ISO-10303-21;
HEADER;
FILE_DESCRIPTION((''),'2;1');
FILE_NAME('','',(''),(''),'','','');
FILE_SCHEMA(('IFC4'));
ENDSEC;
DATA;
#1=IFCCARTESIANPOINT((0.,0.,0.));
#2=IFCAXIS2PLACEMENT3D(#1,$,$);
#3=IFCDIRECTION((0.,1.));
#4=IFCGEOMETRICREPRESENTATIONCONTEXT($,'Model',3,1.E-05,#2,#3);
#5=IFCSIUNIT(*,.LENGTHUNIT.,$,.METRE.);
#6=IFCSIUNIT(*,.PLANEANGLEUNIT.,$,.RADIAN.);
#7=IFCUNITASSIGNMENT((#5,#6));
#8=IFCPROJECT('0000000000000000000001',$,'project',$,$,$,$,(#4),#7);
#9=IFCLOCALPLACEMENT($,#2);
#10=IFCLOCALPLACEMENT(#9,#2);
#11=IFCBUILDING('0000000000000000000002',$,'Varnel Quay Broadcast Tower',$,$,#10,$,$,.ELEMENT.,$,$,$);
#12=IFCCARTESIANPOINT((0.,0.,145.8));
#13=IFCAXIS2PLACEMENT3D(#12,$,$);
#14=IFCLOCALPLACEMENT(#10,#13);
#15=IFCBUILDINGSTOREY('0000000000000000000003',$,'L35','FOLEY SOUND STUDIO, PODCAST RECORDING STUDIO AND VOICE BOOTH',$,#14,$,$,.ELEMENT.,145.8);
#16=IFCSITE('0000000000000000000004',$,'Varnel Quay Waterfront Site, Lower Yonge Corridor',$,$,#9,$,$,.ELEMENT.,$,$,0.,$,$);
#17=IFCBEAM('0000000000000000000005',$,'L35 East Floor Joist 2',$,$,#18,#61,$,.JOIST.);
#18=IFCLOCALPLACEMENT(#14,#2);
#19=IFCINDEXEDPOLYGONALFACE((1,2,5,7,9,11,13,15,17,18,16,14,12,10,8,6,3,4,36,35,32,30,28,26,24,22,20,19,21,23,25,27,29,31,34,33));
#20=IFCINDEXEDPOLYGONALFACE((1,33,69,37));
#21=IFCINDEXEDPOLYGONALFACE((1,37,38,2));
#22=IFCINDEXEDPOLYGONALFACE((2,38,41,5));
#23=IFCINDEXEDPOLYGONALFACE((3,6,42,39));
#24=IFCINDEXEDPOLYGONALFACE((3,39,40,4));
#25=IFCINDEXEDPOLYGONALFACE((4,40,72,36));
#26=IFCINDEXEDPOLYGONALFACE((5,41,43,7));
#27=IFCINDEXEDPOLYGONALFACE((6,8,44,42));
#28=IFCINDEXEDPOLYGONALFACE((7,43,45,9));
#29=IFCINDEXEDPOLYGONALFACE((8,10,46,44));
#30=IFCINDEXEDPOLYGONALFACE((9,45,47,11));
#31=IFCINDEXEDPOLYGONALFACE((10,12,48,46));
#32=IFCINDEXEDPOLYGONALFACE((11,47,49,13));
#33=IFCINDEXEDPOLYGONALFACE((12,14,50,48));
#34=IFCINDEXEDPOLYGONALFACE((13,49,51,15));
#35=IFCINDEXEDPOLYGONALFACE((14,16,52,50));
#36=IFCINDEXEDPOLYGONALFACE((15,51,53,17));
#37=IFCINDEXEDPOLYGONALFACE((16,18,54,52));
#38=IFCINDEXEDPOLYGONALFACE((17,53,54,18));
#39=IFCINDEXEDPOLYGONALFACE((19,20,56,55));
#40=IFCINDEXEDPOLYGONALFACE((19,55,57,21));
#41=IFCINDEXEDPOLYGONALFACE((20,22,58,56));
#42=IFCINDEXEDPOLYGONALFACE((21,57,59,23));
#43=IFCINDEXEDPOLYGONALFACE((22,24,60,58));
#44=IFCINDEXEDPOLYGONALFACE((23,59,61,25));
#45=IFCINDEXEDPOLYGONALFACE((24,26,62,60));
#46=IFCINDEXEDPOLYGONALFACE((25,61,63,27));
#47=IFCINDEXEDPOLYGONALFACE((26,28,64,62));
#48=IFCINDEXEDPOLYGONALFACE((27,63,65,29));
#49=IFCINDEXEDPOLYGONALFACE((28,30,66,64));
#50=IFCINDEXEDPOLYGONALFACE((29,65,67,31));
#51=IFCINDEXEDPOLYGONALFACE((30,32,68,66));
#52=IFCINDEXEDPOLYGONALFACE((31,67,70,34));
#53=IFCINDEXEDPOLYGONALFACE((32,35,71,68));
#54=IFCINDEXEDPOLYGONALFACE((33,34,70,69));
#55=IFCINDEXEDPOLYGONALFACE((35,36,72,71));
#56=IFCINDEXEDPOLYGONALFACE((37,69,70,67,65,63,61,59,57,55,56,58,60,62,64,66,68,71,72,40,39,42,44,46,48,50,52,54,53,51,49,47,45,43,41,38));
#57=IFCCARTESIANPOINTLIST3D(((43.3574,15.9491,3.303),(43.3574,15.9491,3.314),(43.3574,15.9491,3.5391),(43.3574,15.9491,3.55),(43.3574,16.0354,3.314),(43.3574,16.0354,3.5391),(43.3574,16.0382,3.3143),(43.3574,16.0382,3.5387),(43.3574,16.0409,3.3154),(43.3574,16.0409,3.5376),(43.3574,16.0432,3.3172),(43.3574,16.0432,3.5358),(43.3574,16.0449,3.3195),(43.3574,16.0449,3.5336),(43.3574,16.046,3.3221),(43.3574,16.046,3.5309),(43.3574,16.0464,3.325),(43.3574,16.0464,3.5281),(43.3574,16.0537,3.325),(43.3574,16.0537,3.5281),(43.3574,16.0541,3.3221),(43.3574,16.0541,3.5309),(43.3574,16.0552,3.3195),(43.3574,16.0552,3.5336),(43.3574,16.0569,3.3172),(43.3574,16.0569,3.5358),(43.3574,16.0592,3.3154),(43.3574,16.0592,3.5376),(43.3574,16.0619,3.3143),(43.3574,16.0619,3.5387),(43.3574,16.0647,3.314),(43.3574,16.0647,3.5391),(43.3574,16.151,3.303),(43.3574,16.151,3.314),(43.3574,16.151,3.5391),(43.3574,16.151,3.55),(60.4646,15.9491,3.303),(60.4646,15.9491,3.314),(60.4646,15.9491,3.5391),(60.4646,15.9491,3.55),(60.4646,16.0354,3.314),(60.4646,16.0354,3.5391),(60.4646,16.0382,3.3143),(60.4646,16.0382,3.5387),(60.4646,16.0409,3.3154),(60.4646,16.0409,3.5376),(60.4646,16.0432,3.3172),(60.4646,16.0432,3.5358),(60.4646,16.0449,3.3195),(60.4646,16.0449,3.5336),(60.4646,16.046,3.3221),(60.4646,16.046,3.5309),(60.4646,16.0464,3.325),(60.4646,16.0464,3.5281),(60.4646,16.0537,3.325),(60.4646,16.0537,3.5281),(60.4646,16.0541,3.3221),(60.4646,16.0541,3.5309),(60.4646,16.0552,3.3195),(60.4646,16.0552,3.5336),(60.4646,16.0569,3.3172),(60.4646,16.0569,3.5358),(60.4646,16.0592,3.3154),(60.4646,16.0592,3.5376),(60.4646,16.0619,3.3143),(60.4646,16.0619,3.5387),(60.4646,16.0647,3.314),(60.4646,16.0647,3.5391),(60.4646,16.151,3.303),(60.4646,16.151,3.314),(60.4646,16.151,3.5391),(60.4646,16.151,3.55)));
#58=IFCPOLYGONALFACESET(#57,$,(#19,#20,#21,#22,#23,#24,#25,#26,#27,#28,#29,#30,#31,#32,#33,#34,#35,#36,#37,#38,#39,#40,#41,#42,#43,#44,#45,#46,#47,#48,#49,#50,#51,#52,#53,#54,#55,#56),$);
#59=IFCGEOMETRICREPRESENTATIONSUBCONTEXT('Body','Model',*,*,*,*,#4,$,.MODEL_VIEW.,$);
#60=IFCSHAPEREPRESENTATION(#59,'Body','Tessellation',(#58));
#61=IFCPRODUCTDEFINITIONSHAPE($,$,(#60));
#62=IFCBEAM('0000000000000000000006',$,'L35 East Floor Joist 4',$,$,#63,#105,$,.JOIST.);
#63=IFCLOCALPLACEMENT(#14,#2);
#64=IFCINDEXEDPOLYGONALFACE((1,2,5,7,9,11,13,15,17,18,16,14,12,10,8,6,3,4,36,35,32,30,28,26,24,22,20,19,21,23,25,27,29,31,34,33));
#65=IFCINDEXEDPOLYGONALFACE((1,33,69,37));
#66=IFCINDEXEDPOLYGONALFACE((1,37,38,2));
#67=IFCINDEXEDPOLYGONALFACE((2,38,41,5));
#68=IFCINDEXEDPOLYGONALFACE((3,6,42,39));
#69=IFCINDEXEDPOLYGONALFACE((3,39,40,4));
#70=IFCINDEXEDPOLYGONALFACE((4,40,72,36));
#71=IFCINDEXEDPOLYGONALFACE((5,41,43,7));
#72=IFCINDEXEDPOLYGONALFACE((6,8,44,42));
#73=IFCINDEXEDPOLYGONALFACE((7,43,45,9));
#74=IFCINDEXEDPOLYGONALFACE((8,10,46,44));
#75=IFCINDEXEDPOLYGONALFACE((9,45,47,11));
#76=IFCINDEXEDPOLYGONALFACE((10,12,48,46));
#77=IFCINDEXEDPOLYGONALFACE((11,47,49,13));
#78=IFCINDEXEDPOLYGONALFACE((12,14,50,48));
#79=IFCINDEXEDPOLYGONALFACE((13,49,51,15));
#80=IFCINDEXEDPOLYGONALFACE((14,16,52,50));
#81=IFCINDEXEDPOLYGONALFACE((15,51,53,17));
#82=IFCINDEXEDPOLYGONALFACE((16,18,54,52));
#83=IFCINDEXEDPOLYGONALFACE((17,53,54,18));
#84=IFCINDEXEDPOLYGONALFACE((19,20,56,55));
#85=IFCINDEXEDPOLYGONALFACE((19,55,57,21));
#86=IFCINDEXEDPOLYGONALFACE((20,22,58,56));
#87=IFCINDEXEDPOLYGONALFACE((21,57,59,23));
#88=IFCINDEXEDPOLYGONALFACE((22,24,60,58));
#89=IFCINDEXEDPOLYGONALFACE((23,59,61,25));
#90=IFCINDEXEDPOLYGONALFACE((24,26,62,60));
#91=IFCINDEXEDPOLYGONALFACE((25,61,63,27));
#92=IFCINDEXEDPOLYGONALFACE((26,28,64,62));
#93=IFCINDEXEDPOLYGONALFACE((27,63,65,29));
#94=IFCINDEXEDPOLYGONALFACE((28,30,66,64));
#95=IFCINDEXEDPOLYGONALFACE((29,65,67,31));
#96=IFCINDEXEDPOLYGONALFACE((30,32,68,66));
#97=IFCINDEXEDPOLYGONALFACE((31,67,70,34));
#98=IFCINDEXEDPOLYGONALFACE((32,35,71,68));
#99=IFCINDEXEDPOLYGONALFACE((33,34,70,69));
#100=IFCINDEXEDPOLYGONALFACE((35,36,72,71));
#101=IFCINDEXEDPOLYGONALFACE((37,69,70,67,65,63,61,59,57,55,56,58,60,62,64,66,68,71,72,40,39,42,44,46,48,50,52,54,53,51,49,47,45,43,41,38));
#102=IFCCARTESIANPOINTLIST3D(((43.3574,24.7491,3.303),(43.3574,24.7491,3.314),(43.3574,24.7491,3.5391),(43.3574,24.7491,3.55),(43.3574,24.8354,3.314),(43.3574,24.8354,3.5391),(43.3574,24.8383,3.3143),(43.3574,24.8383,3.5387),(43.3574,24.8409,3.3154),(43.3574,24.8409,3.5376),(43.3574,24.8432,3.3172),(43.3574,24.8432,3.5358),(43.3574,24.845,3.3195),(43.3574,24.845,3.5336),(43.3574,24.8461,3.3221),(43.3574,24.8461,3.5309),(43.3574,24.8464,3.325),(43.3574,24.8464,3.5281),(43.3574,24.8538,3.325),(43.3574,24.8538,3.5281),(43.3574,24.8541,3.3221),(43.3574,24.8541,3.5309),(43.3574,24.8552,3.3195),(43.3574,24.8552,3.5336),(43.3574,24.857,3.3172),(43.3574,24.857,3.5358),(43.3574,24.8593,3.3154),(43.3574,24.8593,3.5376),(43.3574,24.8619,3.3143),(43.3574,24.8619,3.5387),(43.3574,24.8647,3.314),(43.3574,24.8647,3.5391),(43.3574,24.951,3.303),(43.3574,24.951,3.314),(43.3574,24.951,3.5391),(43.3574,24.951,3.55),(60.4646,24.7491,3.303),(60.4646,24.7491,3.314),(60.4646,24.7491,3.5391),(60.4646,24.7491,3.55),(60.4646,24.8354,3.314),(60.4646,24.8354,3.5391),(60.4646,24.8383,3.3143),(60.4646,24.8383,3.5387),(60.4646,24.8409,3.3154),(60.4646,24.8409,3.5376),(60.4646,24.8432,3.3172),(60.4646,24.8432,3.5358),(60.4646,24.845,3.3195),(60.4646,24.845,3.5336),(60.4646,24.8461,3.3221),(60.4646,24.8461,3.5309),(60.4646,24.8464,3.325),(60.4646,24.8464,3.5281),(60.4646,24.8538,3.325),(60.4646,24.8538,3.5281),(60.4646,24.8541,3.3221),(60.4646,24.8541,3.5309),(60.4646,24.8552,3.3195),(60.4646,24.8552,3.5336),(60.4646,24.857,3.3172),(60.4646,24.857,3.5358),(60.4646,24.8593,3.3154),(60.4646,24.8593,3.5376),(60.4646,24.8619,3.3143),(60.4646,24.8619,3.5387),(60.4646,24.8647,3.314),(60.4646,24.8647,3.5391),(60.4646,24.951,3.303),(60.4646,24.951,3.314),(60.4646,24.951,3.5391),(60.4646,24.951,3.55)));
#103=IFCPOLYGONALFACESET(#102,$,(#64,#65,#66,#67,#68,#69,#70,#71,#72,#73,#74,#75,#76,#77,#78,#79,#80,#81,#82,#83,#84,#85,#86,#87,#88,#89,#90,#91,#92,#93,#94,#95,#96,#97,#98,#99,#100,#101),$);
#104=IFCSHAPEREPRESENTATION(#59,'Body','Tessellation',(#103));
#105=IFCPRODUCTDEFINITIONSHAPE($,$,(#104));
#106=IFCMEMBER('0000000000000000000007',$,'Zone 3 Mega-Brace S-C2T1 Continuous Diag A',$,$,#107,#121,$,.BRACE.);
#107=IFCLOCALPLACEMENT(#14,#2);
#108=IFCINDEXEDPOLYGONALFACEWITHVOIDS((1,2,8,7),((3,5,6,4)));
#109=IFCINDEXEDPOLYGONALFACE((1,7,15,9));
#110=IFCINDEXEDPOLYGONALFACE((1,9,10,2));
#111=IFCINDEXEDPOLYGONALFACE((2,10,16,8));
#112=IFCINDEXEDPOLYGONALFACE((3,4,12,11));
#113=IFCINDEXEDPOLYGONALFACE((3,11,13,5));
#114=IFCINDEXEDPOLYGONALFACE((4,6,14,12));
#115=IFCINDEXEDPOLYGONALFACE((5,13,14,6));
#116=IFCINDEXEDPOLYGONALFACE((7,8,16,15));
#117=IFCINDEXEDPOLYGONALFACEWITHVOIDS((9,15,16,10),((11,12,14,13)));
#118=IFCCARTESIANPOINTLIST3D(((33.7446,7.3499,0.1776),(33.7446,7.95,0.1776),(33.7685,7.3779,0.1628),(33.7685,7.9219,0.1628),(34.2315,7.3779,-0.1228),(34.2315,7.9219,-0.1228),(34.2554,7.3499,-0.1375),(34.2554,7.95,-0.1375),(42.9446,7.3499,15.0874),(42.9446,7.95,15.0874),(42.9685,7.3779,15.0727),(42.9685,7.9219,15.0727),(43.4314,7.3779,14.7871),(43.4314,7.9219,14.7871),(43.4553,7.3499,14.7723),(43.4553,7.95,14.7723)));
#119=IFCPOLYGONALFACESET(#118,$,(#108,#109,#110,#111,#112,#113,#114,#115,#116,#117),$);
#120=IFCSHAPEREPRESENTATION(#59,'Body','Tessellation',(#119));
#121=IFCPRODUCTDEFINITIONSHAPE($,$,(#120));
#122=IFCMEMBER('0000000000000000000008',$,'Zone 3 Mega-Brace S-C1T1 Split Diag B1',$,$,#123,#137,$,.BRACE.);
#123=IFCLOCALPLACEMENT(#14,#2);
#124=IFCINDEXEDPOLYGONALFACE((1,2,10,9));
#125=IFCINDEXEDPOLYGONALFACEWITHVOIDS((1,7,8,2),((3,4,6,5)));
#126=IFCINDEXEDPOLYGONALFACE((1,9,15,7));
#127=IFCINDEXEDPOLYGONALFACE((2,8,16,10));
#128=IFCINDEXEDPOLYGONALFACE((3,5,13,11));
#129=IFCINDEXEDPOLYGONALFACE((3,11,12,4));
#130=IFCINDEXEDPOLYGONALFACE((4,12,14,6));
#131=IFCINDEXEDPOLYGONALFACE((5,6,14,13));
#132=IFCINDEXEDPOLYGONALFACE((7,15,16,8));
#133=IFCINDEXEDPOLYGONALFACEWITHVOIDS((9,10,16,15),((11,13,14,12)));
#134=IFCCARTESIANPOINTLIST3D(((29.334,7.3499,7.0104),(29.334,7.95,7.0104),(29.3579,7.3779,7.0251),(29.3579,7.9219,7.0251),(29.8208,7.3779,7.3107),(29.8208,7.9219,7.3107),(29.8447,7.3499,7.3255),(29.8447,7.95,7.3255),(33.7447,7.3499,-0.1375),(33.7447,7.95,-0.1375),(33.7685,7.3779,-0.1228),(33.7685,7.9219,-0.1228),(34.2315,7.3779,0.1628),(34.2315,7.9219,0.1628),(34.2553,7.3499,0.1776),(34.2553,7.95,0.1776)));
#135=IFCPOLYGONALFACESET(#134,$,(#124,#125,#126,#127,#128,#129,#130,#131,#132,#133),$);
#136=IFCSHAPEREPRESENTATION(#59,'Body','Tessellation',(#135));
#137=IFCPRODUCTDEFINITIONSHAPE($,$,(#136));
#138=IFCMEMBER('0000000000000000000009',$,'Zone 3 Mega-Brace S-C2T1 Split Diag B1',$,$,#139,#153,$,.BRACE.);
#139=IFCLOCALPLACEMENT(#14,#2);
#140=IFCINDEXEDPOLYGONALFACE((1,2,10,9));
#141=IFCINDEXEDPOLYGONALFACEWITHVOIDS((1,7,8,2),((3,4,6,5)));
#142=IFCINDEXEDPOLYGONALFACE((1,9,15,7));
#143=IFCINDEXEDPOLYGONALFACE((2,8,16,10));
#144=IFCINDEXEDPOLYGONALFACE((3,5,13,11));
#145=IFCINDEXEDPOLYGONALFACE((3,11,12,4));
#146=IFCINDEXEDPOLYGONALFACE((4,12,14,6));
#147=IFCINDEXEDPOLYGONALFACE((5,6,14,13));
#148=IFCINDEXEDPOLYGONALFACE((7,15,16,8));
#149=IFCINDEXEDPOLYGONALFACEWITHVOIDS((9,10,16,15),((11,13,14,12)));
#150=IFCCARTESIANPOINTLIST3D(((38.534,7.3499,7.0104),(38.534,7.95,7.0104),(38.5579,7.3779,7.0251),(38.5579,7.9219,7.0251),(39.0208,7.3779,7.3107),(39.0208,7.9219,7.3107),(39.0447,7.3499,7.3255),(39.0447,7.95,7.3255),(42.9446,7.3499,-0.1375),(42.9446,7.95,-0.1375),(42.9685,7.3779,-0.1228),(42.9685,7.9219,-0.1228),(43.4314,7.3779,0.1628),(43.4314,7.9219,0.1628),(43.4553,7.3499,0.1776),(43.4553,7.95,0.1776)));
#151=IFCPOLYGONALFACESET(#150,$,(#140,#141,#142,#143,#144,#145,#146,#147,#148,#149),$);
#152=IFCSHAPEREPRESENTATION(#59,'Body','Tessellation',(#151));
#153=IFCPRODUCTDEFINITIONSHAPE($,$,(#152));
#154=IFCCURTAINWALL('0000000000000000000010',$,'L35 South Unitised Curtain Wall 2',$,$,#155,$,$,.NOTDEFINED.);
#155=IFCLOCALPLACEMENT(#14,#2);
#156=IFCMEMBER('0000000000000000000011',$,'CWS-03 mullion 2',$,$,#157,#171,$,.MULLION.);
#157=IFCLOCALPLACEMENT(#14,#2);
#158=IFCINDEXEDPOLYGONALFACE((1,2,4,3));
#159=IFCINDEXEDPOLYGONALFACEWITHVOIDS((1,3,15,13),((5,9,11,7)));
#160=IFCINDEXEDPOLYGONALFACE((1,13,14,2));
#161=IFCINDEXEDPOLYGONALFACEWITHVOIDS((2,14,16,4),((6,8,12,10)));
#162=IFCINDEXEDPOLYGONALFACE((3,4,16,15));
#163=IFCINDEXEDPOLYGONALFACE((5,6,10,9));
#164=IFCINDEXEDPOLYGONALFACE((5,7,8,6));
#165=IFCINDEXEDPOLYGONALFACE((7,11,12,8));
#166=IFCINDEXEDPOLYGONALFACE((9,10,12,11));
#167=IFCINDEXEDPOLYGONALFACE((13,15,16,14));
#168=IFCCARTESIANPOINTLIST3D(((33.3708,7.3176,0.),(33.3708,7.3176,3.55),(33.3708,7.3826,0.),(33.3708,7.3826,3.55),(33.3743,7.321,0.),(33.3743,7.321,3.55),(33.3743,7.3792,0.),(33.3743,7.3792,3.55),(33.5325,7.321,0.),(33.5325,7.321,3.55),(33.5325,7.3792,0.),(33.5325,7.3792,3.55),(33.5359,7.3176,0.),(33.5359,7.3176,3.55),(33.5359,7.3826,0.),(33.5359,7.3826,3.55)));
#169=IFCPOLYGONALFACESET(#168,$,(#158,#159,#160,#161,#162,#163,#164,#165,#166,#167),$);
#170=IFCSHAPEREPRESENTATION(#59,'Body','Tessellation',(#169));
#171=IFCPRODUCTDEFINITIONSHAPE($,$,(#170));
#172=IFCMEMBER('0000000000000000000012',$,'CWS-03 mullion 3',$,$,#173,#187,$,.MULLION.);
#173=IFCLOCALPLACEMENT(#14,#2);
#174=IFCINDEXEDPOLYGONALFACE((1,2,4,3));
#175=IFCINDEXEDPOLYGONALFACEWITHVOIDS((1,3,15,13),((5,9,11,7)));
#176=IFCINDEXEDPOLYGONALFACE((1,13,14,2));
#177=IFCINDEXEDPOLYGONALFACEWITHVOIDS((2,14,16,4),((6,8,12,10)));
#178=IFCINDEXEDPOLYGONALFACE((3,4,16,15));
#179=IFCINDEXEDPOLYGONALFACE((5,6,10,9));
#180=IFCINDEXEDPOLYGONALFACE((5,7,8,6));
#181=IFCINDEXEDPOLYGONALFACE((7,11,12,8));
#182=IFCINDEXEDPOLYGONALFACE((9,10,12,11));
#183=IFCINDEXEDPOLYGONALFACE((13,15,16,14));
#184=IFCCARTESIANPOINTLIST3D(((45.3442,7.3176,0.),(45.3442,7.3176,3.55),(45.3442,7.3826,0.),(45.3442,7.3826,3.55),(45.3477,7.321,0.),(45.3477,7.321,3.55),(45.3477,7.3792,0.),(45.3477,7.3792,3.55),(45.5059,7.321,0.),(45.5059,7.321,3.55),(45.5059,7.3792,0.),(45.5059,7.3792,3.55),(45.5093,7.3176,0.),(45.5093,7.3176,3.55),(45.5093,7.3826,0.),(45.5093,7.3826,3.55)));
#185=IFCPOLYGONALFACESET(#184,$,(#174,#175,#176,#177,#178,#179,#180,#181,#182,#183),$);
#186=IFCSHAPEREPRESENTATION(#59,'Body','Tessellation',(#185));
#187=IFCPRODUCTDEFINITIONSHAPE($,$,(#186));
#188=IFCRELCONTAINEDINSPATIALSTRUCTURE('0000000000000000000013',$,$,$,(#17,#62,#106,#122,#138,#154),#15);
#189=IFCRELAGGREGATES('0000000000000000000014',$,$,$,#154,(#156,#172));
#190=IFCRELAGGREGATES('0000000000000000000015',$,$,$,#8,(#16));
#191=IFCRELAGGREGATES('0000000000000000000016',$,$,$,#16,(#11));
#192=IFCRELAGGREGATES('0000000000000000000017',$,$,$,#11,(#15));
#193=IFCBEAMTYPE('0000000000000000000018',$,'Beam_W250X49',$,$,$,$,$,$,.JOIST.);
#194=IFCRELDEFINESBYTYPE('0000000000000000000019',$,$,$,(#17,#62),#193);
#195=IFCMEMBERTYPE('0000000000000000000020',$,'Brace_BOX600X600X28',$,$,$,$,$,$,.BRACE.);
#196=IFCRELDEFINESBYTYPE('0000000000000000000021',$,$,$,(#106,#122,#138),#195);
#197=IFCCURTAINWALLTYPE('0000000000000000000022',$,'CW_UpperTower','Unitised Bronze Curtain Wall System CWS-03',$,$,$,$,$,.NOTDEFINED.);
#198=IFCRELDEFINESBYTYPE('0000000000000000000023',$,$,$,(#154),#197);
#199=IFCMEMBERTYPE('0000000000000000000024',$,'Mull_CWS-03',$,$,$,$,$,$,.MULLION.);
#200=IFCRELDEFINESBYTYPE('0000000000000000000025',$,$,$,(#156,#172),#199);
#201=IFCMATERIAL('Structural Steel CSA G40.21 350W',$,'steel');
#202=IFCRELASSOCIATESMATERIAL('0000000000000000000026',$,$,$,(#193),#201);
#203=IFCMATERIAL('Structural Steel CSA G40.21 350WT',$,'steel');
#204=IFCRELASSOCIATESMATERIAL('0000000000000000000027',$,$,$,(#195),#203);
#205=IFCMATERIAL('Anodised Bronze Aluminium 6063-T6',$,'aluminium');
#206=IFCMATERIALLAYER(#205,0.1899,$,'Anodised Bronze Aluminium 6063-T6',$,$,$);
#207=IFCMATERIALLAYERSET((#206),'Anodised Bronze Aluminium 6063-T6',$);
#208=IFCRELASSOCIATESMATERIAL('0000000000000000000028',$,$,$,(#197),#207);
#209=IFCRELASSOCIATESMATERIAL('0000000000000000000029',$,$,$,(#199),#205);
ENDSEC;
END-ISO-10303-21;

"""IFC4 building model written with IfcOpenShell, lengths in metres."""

from ifc_helpers import new_model, si_unit, direction, frame, origin, origin_2d, place, context, subcontext, project, spatial, hollow_rectangle, i_section, extrude, source, transform, mapped, material, layer, layer_set, material_profile, profile_set, type_object, type_shapes, element, aggregate, save


model = new_model("IFC4")

# Units and contexts
model_context = context("Model", 3, precision=1e-05, world=origin(), true_north=direction((0.0, 1.0)))
body_context = subcontext(model_context, "Body", "Model", "MODEL_VIEW")
ifc_project = project(units=[si_unit("LENGTHUNIT", "METRE"), si_unit("PLANEANGLEUNIT", "RADIAN")], contexts=[model_context])

# Site, building, storey
site_placement = place(None, origin())
site = spatial("IfcSite", under=ifc_project, at=site_placement, Name="Varnel Quay Waterfront Site, Lower Yonge Corridor", CompositionType="ELEMENT", RefElevation=0.0)
building_placement = place(site_placement, origin())
building = spatial("IfcBuilding", under=site, at=building_placement, Name="Varnel Quay Broadcast Tower", CompositionType="ELEMENT")
storey_placement = place(building_placement, frame((0.0, 0.0, 145.8)))
storey = spatial("IfcBuildingStorey", under=building, at=storey_placement, Name="L35", Description="FOLEY SOUND STUDIO, PODCAST RECORDING STUDIO AND VOICE BOOTH", CompositionType="ELEMENT", Elevation=145.8)

# Shared definitions
ifc_material_1 = material(Name="Structural Steel CSA G40.21 350W", Category="steel")

# Beams
ifc_material_profile_1 = material_profile(ifc_material_1, i_section(OverallWidth=0.2019, OverallDepth=0.2471, WebThickness=0.0073, FlangeThickness=0.011, FilletRadius=0.011, at=origin_2d()), Name="W250X49")
ifc_profile_set_1 = profile_set([ifc_material_profile_1], Name="Structural Steel CSA G40.21 350W")
beam_type_1 = type_object("IfcBeamType", Name="Beam_W250X49", PredefinedType="JOIST", material=ifc_profile_set_1)
shared_shape_1 = source(origin(), body_context, "Body", "SweptSolid", [
    extrude(i_section(OverallWidth=0.2019, OverallDepth=0.2471, WebThickness=0.0073, FlangeThickness=0.011, FilletRadius=0.011, at=origin_2d()), origin(), (0.0, 0.0, 1.0), 17.1072),
])
type_shapes(beam_type_1, [shared_shape_1])
for number, where, z_axis, x_axis, name in (
    (1, (43.3574, 16.05, 3.4265), (1.0, 0.0, 0.0), (0.0, 1.0, 0.0), "L35 East Floor Joist 2"),
    (2, (43.3574, 24.8501, 3.4265), (1.0, 0.0, 0.0), (0.0, 1.0, 0.0), "L35 East Floor Joist 4"),
):
    element("IfcBeam", number, at=place(storey_placement, frame(where, z_axis=z_axis, x_axis=x_axis)), inside=storey, type_object=beam_type_1, Name=name, PredefinedType="JOIST", context=body_context, shape_type="MappedRepresentation", body=[
        mapped(shared_shape_1, transform((0.0, 0.0, 0.0), x_axis=(1.0, 0.0, 0.0), y_axis=(0.0, 1.0, 0.0), z_axis=(0.0, 0.0, 1.0), scale=1.0)),
    ])

# Members
ifc_material_2 = material(Name="Structural Steel CSA G40.21 350WT", Category="steel")
ifc_material_profile_2 = material_profile(ifc_material_2, hollow_rectangle(XDim=0.6001, YDim=0.6001, WallThickness=0.0281, at=origin_2d()), Name="BOX600X600X28")
ifc_profile_set_2 = profile_set([ifc_material_profile_2], Name="Structural Steel CSA G40.21 350WT")
member_type_1 = type_object("IfcMemberType", Name="Brace_BOX600X600X28", PredefinedType="BRACE", material=ifc_profile_set_2)
shared_shape_2 = source(origin(), body_context, "Body", "SweptSolid", [
    extrude(hollow_rectangle(XDim=0.6001, YDim=0.6001, WallThickness=0.0281, at=origin_2d()), origin(), (0.0, 0.0, 1.0), 17.5198),
])
member_1_placement = place(storey_placement, frame((34.0, 7.6499, 0.02), z_axis=(0.525116, 0.0, 0.85103), x_axis=(0.0, 1.0, 0.0)))
element("IfcMember", 3, at=member_1_placement, inside=storey, type_object=member_type_1, Name="Zone 3 Mega-Brace S-C2T1 Continuous Diag A", PredefinedType="BRACE", context=body_context, shape_type="MappedRepresentation", body=[
    mapped(shared_shape_2, transform((0.0, 0.0, 0.0), x_axis=(1.0, 0.0, 0.0), y_axis=(0.0, 1.0, 0.0), z_axis=(0.0, 0.0, 1.0), scale=1.0)),
])
shared_shape_3 = source(origin(), body_context, "Body", "SweptSolid", [
    extrude(hollow_rectangle(XDim=0.6001, YDim=0.6001, WallThickness=0.0281, at=origin_2d()), origin(), (0.0, 0.0, 1.0), 8.3992),
])
type_shapes(member_type_1, [shared_shape_2, shared_shape_3])
for number, where, z_axis, x_axis, name in (
    (4, (34.0, 7.6499, 0.02), (-0.525125, 0.0, 0.851025), (0.0, -1.0, 0.0), "Zone 3 Mega-Brace S-C1T1 Split Diag B1"),
    (5, (43.2, 7.6499, 0.02), (-0.525125, 0.0, 0.851025), (0.0, -1.0, 0.0), "Zone 3 Mega-Brace S-C2T1 Split Diag B1"),
):
    element("IfcMember", number, at=place(storey_placement, frame(where, z_axis=z_axis, x_axis=x_axis)), inside=storey, type_object=member_type_1, Name=name, PredefinedType="BRACE", context=body_context, shape_type="MappedRepresentation", body=[
        mapped(shared_shape_3, transform((0.0, 0.0, 0.0), x_axis=(1.0, 0.0, 0.0), y_axis=(0.0, 1.0, 0.0), z_axis=(0.0, 0.0, 1.0), scale=1.0)),
    ])

# Curtain wall, members
ifc_material_3 = material(Name="Anodised Bronze Aluminium 6063-T6", Category="aluminium")
ifc_layer_1 = layer(ifc_material_3, 0.1899, Name="Anodised Bronze Aluminium 6063-T6")
ifc_layer_set_1 = layer_set([ifc_layer_1], Name="Anodised Bronze Aluminium 6063-T6")
curtain_wall_type = type_object("IfcCurtainWallType", Name="CW_UpperTower", Description="Unitised Bronze Curtain Wall System CWS-03", PredefinedType="NOTDEFINED", material=ifc_layer_set_1)
curtain_wall_placement = place(storey_placement, origin())
curtain_wall = element("IfcCurtainWall", 6, at=curtain_wall_placement, inside=storey, type_object=curtain_wall_type, Name="L35 South Unitised Curtain Wall 2", PredefinedType="NOTDEFINED")
ifc_material_profile_3 = material_profile(ifc_material_3, hollow_rectangle(XDim=0.0649, YDim=0.165, WallThickness=0.0034, at=origin_2d()), Name="ALU65X165X3.5")
ifc_profile_set_3 = profile_set([ifc_material_profile_3], Name="Anodised Bronze Aluminium 6063-T6")
member_type_2 = type_object("IfcMemberType", Name="Mull_CWS-03", PredefinedType="MULLION", material=ifc_profile_set_3)
shared_shape_4 = source(origin(), body_context, "Body", "SweptSolid", [
    extrude(hollow_rectangle(XDim=0.0649, YDim=0.165, WallThickness=0.0034, at=origin_2d()), origin(), (0.0, 0.0, 1.0), 3.55),
])
type_shapes(member_type_2, [shared_shape_4])
member_2_placement = place(storey_placement, frame((33.4534, 7.3501, 0.0), z_axis=(0.0, 0.0, 1.0), x_axis=(0.0, 1.0, 0.0)))
member_2 = element("IfcMember", 7, at=member_2_placement, type_object=member_type_2, Name="CWS-03 mullion 2", PredefinedType="MULLION", context=body_context, shape_type="MappedRepresentation", body=[
    mapped(shared_shape_4, transform((0.0, 0.0, 0.0), x_axis=(1.0, 0.0, 0.0), y_axis=(0.0, 1.0, 0.0), z_axis=(0.0, 0.0, 1.0), scale=1.0)),
])
member_3_placement = place(storey_placement, frame((45.4268, 7.3501, 0.0), z_axis=(0.0, 0.0, 1.0), x_axis=(0.0, 1.0, 0.0)))
member_3 = element("IfcMember", 8, at=member_3_placement, type_object=member_type_2, Name="CWS-03 mullion 3", PredefinedType="MULLION", context=body_context, shape_type="MappedRepresentation", body=[
    mapped(shared_shape_4, transform((0.0, 0.0, 0.0), x_axis=(1.0, 0.0, 0.0), y_axis=(0.0, 1.0, 0.0), z_axis=(0.0, 0.0, 1.0), scale=1.0)),
])

aggregate(curtain_wall, [member_2, member_3])

save(model, "model.ifc")
